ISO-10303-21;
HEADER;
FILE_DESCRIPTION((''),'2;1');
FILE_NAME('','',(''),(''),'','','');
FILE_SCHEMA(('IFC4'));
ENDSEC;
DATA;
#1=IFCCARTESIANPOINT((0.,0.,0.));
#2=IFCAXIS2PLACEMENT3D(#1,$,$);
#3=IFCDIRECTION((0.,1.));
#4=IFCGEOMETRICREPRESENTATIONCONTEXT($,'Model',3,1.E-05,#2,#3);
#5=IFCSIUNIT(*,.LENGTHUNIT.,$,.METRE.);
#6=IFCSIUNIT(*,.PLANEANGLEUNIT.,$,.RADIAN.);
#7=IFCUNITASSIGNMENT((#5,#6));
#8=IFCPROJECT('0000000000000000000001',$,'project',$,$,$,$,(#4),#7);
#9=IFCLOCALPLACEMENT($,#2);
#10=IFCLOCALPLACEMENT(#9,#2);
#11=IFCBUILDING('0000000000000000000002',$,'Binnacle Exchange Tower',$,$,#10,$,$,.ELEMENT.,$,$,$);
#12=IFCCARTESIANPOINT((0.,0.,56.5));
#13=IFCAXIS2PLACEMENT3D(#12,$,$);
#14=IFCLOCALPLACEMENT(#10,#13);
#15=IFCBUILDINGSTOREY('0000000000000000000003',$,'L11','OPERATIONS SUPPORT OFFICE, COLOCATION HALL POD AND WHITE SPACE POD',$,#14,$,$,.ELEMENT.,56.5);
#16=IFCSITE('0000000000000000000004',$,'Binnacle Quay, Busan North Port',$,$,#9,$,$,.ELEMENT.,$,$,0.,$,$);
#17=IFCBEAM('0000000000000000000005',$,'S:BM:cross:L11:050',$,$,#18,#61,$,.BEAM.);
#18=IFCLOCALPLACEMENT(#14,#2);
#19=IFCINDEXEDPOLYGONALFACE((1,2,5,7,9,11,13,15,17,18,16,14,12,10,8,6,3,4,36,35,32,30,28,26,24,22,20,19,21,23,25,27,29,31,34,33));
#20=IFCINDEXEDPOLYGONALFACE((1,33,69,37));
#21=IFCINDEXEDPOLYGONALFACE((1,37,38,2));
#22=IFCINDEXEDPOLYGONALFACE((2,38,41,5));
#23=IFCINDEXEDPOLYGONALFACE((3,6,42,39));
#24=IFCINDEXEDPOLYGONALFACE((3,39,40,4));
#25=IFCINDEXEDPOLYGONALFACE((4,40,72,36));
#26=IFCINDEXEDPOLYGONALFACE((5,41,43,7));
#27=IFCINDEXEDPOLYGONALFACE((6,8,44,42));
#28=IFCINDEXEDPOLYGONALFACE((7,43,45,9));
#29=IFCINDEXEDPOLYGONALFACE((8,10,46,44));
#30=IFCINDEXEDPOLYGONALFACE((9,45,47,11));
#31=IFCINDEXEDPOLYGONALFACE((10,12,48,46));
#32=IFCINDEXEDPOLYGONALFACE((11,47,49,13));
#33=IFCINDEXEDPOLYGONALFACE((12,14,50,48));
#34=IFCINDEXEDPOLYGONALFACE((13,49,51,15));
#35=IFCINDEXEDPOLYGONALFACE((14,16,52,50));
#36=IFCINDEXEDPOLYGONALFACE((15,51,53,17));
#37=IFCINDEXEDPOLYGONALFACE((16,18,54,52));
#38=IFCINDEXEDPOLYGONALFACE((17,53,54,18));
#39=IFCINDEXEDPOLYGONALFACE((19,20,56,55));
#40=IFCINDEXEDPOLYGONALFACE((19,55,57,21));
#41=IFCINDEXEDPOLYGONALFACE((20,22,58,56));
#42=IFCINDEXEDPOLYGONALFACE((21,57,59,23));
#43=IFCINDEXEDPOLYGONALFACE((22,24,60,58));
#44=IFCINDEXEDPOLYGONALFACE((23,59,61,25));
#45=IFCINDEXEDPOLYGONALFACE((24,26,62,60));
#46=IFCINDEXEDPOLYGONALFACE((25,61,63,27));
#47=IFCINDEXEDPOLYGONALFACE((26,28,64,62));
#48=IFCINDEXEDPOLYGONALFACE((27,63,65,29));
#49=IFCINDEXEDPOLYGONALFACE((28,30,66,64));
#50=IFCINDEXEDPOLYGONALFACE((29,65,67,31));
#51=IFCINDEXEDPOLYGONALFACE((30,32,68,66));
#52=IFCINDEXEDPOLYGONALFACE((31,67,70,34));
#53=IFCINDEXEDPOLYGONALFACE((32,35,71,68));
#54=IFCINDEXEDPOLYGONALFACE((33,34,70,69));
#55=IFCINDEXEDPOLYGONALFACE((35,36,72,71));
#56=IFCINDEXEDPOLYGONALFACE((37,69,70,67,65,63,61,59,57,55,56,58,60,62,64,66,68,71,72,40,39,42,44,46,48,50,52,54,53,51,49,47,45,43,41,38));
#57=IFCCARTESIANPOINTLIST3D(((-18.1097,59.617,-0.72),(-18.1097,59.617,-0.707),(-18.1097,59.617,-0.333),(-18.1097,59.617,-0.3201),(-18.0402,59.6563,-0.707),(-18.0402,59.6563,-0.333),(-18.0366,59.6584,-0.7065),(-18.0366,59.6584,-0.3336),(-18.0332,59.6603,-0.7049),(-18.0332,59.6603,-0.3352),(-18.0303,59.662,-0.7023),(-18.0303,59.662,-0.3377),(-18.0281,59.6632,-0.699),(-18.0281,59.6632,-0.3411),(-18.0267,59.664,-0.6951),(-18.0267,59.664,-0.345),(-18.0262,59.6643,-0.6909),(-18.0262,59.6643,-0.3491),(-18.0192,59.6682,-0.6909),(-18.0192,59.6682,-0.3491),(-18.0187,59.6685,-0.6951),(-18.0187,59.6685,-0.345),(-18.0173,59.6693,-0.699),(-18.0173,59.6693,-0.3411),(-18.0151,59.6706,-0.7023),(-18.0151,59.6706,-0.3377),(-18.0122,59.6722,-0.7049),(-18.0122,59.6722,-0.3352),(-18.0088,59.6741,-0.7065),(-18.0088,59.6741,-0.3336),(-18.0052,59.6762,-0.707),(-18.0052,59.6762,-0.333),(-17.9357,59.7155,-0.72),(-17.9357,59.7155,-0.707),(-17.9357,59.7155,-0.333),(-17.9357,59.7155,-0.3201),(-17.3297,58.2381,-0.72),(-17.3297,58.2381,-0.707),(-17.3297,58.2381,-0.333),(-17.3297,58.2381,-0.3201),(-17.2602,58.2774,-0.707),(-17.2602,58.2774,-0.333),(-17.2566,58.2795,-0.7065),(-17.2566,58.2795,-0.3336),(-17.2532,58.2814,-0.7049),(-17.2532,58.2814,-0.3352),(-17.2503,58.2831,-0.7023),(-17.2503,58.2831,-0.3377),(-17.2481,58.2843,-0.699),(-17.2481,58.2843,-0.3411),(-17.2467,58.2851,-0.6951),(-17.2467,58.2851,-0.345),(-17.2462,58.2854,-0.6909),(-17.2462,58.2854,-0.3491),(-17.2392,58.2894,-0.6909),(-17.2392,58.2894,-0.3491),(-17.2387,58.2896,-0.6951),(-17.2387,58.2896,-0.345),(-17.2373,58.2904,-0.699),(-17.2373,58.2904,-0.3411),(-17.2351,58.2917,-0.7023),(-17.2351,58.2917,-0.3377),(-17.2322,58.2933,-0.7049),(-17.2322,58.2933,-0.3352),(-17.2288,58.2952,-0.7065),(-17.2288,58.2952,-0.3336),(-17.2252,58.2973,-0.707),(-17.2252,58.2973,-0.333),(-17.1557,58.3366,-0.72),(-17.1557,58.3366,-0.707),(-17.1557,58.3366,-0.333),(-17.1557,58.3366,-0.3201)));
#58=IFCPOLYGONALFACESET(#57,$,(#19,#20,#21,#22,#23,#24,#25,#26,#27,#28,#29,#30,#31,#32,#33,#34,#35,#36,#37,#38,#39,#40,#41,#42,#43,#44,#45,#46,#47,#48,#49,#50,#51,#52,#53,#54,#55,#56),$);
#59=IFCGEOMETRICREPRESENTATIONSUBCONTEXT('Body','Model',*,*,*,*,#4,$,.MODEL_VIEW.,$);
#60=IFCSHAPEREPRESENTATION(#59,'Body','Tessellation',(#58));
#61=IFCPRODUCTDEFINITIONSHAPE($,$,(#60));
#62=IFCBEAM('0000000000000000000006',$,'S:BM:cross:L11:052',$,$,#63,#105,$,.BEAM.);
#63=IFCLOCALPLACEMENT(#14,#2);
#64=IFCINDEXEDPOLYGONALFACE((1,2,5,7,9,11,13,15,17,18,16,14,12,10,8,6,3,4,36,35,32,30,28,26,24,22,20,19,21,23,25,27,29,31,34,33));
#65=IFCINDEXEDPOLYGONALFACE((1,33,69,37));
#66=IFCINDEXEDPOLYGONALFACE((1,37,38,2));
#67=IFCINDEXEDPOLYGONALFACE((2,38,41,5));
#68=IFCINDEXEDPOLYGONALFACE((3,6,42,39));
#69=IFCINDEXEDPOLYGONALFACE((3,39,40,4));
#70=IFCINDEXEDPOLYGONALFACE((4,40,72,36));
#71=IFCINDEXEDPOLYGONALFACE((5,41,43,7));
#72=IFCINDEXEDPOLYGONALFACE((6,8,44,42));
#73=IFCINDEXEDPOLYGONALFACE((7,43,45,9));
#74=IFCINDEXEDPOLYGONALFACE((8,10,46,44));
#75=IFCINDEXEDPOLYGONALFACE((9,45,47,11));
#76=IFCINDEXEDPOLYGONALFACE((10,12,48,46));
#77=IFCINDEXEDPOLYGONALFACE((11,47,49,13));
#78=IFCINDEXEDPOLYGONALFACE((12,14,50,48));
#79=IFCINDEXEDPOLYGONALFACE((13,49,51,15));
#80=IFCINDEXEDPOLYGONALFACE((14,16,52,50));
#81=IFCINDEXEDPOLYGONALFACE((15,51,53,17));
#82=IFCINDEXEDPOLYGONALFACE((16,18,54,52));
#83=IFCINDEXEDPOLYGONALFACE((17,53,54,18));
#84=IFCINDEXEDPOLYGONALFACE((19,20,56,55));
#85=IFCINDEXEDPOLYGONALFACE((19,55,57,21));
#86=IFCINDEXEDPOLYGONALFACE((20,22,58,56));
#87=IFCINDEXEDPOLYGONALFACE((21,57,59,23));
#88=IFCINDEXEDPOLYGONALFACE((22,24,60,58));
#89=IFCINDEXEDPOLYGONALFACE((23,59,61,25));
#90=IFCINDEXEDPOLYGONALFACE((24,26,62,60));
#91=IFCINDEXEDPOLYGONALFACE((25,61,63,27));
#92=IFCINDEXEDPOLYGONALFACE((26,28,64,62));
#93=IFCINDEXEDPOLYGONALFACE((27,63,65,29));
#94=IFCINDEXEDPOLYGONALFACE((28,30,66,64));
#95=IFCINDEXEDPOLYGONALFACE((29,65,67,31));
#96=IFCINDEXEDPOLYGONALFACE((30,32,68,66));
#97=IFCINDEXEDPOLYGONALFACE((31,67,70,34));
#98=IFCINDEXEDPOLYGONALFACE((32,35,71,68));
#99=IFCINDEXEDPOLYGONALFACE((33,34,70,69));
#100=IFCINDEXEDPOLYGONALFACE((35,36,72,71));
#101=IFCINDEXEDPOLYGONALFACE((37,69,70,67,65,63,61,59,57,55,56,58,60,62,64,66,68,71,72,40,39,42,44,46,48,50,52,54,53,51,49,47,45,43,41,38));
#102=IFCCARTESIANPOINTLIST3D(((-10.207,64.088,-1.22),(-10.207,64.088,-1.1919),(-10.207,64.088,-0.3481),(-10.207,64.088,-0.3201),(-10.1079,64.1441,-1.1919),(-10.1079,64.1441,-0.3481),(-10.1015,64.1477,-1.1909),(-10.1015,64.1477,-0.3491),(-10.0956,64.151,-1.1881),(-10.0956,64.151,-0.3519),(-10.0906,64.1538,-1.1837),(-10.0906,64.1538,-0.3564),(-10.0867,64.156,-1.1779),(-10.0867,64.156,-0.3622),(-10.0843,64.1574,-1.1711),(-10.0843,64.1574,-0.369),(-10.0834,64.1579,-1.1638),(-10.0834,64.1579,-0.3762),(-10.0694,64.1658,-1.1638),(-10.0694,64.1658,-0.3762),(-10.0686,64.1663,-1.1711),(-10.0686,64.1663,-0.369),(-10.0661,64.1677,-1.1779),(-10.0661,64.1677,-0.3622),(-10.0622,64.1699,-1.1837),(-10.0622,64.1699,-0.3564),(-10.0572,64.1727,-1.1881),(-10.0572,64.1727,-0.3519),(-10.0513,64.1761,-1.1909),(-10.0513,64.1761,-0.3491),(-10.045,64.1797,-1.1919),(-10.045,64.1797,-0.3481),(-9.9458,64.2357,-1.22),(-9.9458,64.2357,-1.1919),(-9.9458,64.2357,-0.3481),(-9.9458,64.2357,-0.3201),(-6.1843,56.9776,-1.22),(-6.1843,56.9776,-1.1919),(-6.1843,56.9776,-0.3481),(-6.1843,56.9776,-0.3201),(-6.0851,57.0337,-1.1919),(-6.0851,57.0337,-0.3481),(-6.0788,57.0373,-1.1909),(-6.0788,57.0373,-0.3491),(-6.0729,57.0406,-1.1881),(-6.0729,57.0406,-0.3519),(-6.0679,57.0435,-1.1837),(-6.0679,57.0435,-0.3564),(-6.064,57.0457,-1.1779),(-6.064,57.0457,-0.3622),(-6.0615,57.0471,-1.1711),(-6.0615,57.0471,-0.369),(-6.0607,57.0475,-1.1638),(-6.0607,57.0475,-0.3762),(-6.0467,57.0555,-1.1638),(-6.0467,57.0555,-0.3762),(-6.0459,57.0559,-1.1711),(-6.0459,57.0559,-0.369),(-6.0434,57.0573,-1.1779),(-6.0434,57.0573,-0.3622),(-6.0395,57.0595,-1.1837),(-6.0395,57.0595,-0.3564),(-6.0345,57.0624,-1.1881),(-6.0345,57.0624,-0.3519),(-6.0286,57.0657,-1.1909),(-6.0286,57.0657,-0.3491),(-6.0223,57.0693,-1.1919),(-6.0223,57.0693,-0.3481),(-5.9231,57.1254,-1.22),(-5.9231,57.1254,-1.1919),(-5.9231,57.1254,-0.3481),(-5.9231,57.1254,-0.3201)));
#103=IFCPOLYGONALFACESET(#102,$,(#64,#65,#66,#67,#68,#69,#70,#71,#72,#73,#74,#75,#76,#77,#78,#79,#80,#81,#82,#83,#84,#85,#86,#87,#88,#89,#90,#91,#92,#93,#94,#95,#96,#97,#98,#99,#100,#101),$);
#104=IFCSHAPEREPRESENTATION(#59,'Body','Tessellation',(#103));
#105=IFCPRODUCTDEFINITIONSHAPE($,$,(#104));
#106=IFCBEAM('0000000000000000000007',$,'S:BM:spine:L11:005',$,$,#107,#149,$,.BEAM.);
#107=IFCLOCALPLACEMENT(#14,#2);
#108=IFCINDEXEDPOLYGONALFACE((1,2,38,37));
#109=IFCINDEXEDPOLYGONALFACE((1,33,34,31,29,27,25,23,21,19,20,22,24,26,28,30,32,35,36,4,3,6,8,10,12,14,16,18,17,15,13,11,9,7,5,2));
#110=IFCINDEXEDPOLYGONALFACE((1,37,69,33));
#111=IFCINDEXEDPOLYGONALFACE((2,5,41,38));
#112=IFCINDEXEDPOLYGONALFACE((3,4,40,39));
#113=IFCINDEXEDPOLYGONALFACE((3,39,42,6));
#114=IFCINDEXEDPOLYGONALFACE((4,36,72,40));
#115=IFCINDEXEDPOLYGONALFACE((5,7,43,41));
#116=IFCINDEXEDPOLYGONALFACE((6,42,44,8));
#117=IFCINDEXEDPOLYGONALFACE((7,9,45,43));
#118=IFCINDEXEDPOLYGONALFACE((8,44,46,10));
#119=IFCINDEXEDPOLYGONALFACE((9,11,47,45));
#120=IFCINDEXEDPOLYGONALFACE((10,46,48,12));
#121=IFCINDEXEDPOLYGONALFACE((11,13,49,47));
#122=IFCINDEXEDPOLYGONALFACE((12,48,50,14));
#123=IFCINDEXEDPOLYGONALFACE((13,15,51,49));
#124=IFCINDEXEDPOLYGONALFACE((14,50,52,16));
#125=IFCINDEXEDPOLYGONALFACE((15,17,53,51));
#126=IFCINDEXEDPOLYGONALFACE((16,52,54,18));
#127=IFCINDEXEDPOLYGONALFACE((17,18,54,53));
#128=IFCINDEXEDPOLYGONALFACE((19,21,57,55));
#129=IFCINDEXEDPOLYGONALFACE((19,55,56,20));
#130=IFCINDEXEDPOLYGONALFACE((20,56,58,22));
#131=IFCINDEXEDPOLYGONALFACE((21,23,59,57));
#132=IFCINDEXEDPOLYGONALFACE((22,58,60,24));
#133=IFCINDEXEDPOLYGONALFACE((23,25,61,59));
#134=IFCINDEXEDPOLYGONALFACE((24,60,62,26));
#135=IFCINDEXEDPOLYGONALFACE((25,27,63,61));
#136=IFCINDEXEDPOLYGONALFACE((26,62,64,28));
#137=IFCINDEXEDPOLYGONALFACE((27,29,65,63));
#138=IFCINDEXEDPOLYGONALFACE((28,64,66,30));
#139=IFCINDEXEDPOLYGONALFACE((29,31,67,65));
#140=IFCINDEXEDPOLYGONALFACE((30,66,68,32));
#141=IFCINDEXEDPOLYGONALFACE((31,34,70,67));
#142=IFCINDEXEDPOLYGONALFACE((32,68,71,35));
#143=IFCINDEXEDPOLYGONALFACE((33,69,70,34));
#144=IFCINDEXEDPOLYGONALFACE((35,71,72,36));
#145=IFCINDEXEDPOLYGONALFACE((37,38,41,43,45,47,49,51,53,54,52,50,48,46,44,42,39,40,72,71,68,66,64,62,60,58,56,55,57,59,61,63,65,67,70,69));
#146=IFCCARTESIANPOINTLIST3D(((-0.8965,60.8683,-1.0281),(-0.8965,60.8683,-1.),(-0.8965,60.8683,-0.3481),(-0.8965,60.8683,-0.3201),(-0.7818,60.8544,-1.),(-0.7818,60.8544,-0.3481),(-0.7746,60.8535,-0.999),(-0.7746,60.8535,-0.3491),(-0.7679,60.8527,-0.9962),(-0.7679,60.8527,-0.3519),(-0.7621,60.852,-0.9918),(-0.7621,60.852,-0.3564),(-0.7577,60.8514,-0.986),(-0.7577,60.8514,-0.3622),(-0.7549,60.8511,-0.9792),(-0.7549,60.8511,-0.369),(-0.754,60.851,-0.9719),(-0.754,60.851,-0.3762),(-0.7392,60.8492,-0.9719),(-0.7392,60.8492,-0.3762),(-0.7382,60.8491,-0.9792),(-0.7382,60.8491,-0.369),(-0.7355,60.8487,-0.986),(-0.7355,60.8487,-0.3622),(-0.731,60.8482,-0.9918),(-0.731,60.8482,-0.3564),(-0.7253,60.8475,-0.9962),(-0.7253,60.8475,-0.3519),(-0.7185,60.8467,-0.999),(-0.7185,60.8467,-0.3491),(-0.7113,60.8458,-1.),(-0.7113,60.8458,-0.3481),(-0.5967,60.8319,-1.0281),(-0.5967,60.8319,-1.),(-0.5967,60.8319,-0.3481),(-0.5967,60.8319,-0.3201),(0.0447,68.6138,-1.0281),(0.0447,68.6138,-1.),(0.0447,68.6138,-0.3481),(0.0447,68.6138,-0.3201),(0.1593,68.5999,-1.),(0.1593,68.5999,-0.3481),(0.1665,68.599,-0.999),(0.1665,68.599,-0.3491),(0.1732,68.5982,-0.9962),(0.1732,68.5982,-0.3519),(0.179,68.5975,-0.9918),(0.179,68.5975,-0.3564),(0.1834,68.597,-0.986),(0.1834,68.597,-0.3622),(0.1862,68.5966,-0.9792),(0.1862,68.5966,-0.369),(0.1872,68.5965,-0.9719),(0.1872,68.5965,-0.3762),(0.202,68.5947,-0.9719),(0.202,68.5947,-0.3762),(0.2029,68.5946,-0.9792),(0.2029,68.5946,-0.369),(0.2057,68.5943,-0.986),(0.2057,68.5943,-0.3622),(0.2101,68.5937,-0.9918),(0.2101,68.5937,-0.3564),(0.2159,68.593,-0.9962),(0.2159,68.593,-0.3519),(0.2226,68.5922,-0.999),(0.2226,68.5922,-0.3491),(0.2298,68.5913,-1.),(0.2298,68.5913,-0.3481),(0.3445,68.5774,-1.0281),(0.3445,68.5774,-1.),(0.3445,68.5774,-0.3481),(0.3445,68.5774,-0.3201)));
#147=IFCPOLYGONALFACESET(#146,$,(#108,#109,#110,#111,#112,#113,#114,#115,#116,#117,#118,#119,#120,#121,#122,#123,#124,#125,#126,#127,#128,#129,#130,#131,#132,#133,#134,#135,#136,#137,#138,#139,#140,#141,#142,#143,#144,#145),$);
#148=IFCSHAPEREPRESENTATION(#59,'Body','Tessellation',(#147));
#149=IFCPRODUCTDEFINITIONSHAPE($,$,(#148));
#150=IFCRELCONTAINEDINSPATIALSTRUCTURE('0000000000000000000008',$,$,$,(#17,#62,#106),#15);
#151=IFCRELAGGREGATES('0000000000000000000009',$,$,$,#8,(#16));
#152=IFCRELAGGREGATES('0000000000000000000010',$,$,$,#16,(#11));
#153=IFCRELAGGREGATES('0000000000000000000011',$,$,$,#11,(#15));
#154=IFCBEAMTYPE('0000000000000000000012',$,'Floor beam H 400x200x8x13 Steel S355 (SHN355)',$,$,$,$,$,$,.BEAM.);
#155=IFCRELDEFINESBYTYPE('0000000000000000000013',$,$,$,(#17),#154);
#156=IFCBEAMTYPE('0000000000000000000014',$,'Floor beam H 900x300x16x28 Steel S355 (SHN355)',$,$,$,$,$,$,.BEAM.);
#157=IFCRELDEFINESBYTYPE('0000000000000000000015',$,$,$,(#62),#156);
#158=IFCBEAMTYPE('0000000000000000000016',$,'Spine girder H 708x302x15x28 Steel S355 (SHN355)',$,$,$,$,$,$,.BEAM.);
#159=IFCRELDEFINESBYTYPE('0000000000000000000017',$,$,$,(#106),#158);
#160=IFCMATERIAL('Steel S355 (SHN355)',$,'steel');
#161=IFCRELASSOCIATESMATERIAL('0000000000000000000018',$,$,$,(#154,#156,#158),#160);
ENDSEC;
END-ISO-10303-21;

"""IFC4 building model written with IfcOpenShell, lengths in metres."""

from ifc_helpers import new_model, si_unit, direction, frame, origin, origin_2d, place, context, subcontext, project, spatial, i_section, extrude, material, material_profile, profile_set, type_object, element, save


model = new_model("IFC4")

# Units and contexts
model_context = context("Model", 3, precision=1e-05, world=origin(), true_north=direction((0.0, 1.0)))
body_context = subcontext(model_context, "Body", "Model", "MODEL_VIEW")
ifc_project = project(units=[si_unit("LENGTHUNIT", "METRE"), si_unit("PLANEANGLEUNIT", "RADIAN")], contexts=[model_context])

# Site, building, storey
site_placement = place(None, origin())
site = spatial("IfcSite", under=ifc_project, at=site_placement, Name="Binnacle Quay, Busan North Port", CompositionType="ELEMENT", RefElevation=0.0)
building_placement = place(site_placement, origin())
building = spatial("IfcBuilding", under=site, at=building_placement, Name="Binnacle Exchange Tower", CompositionType="ELEMENT")
storey_placement = place(building_placement, frame((0.0, 0.0, 56.5)))
storey = spatial("IfcBuildingStorey", under=building, at=storey_placement, Name="L11", Description="OPERATIONS SUPPORT OFFICE, COLOCATION HALL POD AND WHITE SPACE POD", CompositionType="ELEMENT", Elevation=56.5)

# Beams
ifc_material_1 = material(Name="Steel S355 (SHN355)", Category="steel")
ifc_material_profile_1 = material_profile(ifc_material_1, i_section(OverallWidth=0.2, OverallDepth=0.3999, WebThickness=0.0081, FlangeThickness=0.0129, FilletRadius=0.0161, at=origin_2d()), Name="H 400x200x8x13")
ifc_profile_set_1 = profile_set([ifc_material_profile_1], Name="Steel S355 (SHN355)")
beam_type_1 = type_object("IfcBeamType", Name="Floor beam H 400x200x8x13 Steel S355 (SHN355)", PredefinedType="BEAM", material=ifc_profile_set_1)
beam_1_placement = place(storey_placement, frame((-18.0227, 59.6663, -0.52), z_axis=(0.492367, -0.870388, 0.0), x_axis=(0.870388, 0.492367, 0.0)))
element("IfcBeam", 1, at=beam_1_placement, inside=storey, type_object=beam_type_1, Name="S:BM:cross:L11:050", PredefinedType="BEAM", context=body_context, shape_type="SweptSolid", body=[
    extrude(i_section(OverallWidth=0.2, OverallDepth=0.3999, WebThickness=0.0081, FlangeThickness=0.0129, FilletRadius=0.0161, at=origin_2d()), origin(), (0.0, 0.0, 1.0), 1.5842),
])
ifc_material_profile_2 = material_profile(ifc_material_1, i_section(OverallWidth=0.3, OverallDepth=0.8999, WebThickness=0.0161, FlangeThickness=0.0281, FilletRadius=0.0281, at=origin_2d()), Name="H 900x300x16x28")
ifc_profile_set_2 = profile_set([ifc_material_profile_2], Name="Steel S355 (SHN355)")
beam_type_2 = type_object("IfcBeamType", Name="Floor beam H 900x300x16x28 Steel S355 (SHN355)", PredefinedType="BEAM", material=ifc_profile_set_2)
beam_2_placement = place(storey_placement, frame((-10.0764, 64.1619, -0.77), z_axis=(0.492411, -0.870363, 0.0), x_axis=(0.870363, 0.492411, 0.0)))
element("IfcBeam", 2, at=beam_2_placement, inside=storey, type_object=beam_type_2, Name="S:BM:cross:L11:052", PredefinedType="BEAM", context=body_context, shape_type="SweptSolid", body=[
    extrude(i_section(OverallWidth=0.3, OverallDepth=0.8999, WebThickness=0.0161, FlangeThickness=0.0281, FilletRadius=0.0281, at=origin_2d()), origin(), (0.0, 0.0, 1.0), 8.1694),
])
ifc_material_profile_3 = material_profile(ifc_material_1, i_section(OverallWidth=0.302, OverallDepth=0.708, WebThickness=0.0149, FlangeThickness=0.0281, FilletRadius=0.0281, at=origin_2d()), Name="H 708x302x15x28")
ifc_profile_set_3 = profile_set([ifc_material_profile_3], Name="Steel S355 (SHN355)")
beam_type_3 = type_object("IfcBeamType", Name="Spine girder H 708x302x15x28 Steel S355 (SHN355)", PredefinedType="BEAM", material=ifc_profile_set_3)
beam_3_placement = place(storey_placement, frame((-0.7466, 60.8501, -0.6741), z_axis=(0.120622, 0.992699, 0.0), x_axis=(-0.992699, 0.120622, 0.0)))
element("IfcBeam", 3, at=beam_3_placement, inside=storey, type_object=beam_type_3, Name="S:BM:spine:L11:005", PredefinedType="BEAM", context=body_context, shape_type="SweptSolid", body=[
    extrude(i_section(OverallWidth=0.302, OverallDepth=0.708, WebThickness=0.0149, FlangeThickness=0.0281, FilletRadius=0.0281, at=origin_2d()), origin(), (0.0, 0.0, 1.0), 7.8025),
])

save(model, "model.ifc")
